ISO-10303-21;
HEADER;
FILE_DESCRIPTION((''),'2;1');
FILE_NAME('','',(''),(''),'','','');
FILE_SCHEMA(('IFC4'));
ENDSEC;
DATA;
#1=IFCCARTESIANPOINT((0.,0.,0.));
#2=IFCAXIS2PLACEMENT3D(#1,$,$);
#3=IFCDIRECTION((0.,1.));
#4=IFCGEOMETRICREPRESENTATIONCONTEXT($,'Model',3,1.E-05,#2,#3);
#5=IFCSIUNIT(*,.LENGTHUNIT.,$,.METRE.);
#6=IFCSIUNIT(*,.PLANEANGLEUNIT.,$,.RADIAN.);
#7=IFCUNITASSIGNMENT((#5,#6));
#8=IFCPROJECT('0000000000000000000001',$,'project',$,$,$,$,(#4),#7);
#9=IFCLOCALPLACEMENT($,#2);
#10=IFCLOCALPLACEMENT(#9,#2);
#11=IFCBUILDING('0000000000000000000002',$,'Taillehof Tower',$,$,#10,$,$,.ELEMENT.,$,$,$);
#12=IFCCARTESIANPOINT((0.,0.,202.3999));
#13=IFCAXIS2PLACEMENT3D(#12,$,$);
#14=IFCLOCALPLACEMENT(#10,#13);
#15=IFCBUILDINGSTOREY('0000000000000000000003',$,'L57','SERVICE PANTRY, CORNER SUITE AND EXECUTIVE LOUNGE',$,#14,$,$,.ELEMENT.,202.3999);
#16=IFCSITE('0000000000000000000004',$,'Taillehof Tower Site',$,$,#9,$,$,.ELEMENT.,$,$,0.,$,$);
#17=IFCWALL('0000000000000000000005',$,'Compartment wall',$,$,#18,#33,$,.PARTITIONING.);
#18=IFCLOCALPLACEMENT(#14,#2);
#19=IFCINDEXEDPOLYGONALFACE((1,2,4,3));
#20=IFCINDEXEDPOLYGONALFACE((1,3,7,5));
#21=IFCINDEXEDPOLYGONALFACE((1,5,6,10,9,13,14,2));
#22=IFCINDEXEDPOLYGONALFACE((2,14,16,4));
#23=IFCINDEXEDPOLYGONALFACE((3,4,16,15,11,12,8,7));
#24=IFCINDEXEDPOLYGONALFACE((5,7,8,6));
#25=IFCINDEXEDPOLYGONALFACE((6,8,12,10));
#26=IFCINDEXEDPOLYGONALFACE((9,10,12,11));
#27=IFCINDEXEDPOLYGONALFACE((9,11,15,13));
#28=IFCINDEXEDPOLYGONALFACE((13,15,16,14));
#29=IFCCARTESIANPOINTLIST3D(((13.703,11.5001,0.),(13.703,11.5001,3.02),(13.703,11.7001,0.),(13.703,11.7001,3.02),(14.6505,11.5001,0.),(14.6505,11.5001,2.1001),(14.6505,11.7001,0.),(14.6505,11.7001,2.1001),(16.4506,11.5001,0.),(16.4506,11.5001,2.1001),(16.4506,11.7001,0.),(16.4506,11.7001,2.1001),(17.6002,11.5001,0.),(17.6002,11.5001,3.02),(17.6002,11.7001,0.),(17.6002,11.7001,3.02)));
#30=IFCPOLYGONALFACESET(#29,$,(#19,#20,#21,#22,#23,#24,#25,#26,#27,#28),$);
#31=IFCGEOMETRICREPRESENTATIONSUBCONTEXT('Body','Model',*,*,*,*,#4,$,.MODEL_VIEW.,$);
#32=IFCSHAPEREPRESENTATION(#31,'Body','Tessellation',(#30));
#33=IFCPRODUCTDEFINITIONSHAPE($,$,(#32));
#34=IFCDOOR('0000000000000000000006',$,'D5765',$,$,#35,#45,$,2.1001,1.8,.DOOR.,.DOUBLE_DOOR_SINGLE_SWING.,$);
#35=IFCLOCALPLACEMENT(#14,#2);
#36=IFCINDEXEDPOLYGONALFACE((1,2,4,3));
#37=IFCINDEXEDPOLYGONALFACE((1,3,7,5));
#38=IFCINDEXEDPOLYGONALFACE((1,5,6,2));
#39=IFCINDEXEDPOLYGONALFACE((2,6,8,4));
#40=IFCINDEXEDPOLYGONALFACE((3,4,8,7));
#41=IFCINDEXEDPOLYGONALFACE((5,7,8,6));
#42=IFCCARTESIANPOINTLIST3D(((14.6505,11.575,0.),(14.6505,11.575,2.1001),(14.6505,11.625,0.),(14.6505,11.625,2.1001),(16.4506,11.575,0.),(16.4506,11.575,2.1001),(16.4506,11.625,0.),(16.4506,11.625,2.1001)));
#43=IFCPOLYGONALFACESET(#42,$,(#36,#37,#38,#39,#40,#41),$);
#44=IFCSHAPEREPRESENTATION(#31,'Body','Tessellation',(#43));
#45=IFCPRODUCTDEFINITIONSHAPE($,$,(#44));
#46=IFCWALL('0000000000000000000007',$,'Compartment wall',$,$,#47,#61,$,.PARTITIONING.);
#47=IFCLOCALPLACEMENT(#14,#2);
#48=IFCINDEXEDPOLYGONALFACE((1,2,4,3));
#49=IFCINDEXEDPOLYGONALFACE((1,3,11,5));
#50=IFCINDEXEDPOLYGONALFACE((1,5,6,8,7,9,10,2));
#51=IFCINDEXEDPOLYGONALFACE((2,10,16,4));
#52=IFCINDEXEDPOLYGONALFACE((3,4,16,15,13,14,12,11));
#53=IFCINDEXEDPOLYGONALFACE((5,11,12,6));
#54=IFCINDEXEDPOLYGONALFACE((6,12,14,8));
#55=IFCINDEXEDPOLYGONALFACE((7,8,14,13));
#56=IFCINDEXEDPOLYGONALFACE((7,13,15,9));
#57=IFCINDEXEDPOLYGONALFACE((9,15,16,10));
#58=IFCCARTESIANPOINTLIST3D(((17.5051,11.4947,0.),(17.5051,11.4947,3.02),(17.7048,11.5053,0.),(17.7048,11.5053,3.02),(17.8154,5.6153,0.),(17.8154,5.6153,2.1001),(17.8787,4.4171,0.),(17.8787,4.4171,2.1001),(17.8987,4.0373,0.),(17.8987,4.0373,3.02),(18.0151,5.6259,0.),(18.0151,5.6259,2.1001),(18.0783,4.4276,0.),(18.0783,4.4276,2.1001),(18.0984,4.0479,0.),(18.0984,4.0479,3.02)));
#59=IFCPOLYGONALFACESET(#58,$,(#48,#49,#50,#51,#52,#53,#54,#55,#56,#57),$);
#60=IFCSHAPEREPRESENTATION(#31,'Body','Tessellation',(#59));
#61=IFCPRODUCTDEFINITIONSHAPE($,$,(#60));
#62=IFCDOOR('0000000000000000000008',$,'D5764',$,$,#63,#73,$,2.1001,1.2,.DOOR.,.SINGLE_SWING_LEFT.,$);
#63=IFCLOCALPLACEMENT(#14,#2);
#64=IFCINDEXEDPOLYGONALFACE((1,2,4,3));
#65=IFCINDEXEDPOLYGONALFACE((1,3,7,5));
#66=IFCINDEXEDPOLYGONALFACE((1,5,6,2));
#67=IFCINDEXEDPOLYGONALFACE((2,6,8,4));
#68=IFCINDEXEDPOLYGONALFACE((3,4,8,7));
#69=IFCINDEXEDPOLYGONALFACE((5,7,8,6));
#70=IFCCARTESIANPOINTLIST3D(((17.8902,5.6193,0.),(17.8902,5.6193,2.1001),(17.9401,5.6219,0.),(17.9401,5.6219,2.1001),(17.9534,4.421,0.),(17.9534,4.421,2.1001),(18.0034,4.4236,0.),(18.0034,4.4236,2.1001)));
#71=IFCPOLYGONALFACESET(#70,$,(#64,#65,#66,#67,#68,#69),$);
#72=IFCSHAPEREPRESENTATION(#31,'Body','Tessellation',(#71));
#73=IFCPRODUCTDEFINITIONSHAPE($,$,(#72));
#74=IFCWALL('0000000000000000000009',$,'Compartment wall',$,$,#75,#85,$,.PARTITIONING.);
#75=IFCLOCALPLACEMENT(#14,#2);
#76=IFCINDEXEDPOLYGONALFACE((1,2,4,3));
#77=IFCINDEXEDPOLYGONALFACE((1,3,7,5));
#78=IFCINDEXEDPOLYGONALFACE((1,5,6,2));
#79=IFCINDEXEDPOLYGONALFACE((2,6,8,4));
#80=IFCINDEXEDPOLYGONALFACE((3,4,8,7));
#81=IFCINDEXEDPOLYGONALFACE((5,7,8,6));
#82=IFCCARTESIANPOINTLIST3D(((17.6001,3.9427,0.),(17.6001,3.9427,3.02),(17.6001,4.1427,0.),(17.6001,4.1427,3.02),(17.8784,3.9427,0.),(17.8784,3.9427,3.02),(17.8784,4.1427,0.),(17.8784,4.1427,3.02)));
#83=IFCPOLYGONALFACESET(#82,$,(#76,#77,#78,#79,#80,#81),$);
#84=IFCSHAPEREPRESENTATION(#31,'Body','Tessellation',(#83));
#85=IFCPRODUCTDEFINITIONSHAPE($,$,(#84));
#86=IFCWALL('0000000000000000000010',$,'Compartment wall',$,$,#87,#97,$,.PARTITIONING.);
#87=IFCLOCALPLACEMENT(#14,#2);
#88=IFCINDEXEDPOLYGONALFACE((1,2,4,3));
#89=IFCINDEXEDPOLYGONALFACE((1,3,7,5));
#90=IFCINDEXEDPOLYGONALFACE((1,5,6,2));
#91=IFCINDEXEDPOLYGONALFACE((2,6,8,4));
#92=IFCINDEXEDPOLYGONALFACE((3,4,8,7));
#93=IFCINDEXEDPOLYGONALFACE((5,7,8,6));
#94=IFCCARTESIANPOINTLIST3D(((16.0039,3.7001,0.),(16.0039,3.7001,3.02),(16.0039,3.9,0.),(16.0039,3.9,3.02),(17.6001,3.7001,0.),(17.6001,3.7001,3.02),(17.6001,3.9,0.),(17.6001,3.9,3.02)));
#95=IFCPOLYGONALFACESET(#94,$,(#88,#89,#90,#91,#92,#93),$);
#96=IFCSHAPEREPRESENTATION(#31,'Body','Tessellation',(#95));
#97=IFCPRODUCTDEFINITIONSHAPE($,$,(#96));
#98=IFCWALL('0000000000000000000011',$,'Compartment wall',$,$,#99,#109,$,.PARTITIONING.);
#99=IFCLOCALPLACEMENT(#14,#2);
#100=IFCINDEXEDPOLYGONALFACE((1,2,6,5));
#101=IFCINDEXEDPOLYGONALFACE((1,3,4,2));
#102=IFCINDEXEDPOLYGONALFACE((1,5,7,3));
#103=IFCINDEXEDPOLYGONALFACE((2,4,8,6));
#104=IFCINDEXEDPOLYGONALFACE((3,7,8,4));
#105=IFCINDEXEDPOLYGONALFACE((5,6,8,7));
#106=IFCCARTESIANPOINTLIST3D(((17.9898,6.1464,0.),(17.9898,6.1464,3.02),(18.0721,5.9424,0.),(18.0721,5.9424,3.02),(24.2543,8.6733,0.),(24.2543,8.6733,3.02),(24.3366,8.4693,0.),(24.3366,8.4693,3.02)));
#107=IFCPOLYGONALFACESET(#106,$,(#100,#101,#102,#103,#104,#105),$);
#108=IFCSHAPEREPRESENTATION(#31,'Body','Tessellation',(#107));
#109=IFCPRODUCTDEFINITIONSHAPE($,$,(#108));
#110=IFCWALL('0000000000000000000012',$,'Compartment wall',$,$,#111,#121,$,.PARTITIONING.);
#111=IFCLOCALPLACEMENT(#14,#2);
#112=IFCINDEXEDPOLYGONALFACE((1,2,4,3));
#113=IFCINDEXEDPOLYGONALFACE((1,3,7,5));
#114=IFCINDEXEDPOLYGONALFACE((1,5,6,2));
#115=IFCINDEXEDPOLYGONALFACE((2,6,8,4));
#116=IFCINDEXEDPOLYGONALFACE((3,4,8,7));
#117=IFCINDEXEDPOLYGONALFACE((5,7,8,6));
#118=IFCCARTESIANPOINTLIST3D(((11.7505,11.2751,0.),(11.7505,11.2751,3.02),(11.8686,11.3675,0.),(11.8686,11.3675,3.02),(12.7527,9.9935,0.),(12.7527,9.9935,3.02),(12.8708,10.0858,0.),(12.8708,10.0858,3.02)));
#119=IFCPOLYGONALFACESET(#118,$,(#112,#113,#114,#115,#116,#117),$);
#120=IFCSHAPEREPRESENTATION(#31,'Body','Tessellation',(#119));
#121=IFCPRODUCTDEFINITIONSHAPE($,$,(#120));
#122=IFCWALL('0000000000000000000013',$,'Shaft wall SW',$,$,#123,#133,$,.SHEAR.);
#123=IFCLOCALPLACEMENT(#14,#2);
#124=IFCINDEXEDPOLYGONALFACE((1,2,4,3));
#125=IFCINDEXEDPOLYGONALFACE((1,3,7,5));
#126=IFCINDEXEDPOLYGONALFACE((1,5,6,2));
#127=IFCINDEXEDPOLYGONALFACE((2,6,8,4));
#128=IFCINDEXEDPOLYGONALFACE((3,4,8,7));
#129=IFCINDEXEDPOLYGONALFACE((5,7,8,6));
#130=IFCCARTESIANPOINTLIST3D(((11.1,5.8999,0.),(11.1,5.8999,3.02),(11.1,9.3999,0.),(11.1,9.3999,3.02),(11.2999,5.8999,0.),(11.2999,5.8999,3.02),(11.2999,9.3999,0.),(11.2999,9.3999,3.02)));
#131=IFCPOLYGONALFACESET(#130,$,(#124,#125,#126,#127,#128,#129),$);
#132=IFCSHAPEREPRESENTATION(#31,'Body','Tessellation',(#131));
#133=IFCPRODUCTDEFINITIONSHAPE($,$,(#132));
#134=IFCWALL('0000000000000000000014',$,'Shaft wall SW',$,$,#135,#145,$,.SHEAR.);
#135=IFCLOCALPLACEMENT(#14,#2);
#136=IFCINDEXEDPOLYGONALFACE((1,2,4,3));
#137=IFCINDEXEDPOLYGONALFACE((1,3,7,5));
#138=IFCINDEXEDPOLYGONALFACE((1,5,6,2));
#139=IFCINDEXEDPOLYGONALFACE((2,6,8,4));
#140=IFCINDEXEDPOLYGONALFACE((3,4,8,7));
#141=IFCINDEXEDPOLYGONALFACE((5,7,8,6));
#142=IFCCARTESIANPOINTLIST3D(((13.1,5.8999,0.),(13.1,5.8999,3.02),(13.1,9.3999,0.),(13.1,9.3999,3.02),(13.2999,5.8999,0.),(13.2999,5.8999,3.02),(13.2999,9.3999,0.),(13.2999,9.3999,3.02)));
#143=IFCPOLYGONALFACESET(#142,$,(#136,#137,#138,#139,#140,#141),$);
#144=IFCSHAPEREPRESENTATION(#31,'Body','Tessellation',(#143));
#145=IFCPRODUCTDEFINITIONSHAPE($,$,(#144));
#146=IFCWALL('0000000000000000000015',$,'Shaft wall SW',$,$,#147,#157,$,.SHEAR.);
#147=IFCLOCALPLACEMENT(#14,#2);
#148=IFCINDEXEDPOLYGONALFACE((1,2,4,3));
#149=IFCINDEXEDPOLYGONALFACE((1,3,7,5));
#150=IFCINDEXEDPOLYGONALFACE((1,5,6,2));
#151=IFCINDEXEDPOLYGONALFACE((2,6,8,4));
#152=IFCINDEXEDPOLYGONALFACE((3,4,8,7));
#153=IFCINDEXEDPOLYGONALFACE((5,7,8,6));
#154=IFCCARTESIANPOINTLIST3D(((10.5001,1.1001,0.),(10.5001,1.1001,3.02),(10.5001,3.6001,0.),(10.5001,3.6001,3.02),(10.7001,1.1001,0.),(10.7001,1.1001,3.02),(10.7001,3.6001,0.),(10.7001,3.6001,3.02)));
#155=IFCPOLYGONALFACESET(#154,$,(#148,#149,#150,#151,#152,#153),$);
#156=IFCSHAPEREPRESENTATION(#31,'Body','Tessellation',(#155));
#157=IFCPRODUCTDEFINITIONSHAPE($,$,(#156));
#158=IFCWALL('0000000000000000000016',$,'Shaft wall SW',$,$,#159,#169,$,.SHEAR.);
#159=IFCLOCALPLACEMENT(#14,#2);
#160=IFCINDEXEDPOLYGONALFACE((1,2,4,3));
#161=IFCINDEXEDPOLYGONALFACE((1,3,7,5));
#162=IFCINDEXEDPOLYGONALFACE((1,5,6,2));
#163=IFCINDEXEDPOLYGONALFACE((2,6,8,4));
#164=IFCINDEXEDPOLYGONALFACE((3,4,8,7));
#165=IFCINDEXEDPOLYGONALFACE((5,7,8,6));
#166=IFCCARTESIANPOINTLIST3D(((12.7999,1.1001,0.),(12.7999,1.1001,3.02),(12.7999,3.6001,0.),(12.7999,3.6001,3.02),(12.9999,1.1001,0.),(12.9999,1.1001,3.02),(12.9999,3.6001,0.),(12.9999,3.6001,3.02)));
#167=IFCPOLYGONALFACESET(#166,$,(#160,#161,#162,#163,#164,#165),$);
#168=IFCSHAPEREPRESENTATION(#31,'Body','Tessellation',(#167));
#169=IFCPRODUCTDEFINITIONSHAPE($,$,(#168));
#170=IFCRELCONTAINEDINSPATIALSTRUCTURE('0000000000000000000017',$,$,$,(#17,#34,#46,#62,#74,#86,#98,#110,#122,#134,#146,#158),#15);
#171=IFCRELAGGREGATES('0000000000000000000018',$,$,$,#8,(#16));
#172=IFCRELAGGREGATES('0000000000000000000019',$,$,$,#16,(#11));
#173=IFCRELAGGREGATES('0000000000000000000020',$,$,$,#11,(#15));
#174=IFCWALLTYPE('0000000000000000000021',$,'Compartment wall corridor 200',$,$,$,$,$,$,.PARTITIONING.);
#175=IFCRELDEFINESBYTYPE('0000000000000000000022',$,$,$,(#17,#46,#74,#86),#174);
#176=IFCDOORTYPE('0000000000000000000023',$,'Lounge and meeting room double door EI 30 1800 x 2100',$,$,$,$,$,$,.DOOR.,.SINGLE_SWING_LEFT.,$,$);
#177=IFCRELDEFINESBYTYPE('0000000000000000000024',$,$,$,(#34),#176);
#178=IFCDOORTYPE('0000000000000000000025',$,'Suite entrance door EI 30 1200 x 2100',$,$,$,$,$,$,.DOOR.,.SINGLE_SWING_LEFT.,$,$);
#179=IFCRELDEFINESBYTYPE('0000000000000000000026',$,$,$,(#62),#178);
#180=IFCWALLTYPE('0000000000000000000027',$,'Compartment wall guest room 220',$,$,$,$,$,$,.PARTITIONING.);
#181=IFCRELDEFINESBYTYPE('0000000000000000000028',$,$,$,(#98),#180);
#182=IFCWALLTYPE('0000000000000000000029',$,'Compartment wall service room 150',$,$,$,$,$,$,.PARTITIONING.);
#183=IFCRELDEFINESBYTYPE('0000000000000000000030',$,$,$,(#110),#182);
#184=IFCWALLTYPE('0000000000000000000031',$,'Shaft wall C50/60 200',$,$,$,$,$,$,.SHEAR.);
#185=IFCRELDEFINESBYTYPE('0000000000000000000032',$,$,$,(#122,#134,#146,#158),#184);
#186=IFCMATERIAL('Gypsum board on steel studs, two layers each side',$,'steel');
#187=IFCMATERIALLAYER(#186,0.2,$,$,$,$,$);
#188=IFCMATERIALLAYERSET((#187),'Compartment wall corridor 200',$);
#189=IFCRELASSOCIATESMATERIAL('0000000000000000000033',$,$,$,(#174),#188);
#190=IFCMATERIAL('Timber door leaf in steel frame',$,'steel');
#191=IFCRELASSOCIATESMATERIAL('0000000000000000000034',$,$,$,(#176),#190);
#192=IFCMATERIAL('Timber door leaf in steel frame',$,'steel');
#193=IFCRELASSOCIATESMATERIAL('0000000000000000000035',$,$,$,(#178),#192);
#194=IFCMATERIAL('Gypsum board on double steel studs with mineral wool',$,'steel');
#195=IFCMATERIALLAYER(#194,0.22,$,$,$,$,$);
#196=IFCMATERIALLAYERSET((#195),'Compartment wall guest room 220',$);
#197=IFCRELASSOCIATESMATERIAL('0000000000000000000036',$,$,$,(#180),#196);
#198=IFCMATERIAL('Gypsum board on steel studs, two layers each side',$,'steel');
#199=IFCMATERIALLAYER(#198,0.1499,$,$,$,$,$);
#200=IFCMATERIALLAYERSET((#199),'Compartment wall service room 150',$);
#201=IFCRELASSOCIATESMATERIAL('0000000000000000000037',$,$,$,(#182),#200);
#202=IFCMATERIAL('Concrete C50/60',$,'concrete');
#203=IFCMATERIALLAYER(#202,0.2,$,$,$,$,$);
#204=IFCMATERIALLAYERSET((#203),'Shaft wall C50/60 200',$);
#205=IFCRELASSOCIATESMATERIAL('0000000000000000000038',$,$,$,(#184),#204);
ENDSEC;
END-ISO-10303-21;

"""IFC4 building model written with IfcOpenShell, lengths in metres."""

from ifc_helpers import new_model, si_unit, direction, frame, frame_2d, origin, place, context, subcontext, project, spatial, rectangle, extrude, material, layer, layer_set, type_object, element, fill, save


model = new_model("IFC4")

# Units and contexts
model_context = context("Model", 3, precision=1e-05, world=origin(), true_north=direction((0.0, 1.0)))
body_context = subcontext(model_context, "Body", "Model", "MODEL_VIEW")
ifc_project = project(units=[si_unit("LENGTHUNIT", "METRE"), si_unit("PLANEANGLEUNIT", "RADIAN")], contexts=[model_context])

# Site, building, storey
site_placement = place(None, origin())
site = spatial("IfcSite", under=ifc_project, at=site_placement, Name="Taillehof Tower Site", CompositionType="ELEMENT", RefElevation=0.0)
building_placement = place(site_placement, origin())
building = spatial("IfcBuilding", under=site, at=building_placement, Name="Taillehof Tower", CompositionType="ELEMENT")
storey_placement = place(building_placement, frame((0.0, 0.0, 202.3999)))
storey = spatial("IfcBuildingStorey", under=building, at=storey_placement, Name="L57", Description="SERVICE PANTRY, CORNER SUITE AND EXECUTIVE LOUNGE", CompositionType="ELEMENT", Elevation=202.3999)

# Walls, openings, doors
ifc_material_1 = material(Name="Gypsum board on steel studs, two layers each side", Category="steel")
ifc_layer_1 = layer(ifc_material_1, 0.2)
ifc_layer_set_1 = layer_set([ifc_layer_1], Name="Compartment wall corridor 200")
wall_type_1 = type_object("IfcWallType", Name="Compartment wall corridor 200", PredefinedType="PARTITIONING", material=ifc_layer_set_1)
wall_1_placement = place(storey_placement, frame((13.7029, 11.6001, 0.0), z_axis=(0.0, 0.0, 1.0), x_axis=(1.0, 0.0, 0.0)))
wall_1 = element("IfcWall", 1, at=wall_1_placement, inside=storey, type_object=wall_type_1, Name="Compartment wall", PredefinedType="PARTITIONING", context=body_context, shape_type="SweptSolid", body=[
    extrude(rectangle(XDim=3.8972, YDim=0.2, at=frame_2d((1.9487, 0.0))), origin(), (0.0, 0.0, 1.0), 3.02),
])
opening_1_placement = place(wall_1_placement, frame((0.9478, 0.0, 0.0)))
opening_1 = element("IfcOpeningElement", 2, at=opening_1_placement, cuts=wall_1, PredefinedType="OPENING", context=body_context, shape_type="SweptSolid", body=[
    extrude(rectangle(XDim=1.8, YDim=2.1001, at=frame_2d((0.8999, 1.05))), frame((0.0, 0.1099, 0.0), z_axis=(0.0, -1.0, 0.0), x_axis=(1.0, 0.0, 0.0)), (0.0, 0.0, 1.0), 0.22),
])
ifc_material_2 = material(Name="Timber door leaf in steel frame", Category="steel")
door_type_1 = type_object("IfcDoorType", Name="Lounge and meeting room double door EI 30 1800 x 2100", OperationType="SINGLE_SWING_LEFT", PredefinedType="DOOR", material=ifc_material_2)
door_1_placement = place(opening_1_placement, origin())
door_1 = element("IfcDoor", 3, at=door_1_placement, inside=storey, type_object=door_type_1, Name="D5765", OperationType="DOUBLE_DOOR_SINGLE_SWING", OverallHeight=2.1001, OverallWidth=1.8, PredefinedType="DOOR", context=body_context, shape_type="SweptSolid", body=[
    extrude(rectangle(XDim=1.8, YDim=2.1001, at=frame_2d((0.8999, 1.05))), frame((0.0, 0.0249, 0.0), z_axis=(0.0, -1.0, 0.0), x_axis=(1.0, 0.0, 0.0)), (0.0, 0.0, 1.0), 0.05),
])
fill(opening_1, door_1)
wall_2_placement = place(storey_placement, frame((17.605, 11.5, 0.0), z_axis=(0.0, 0.0, 1.0), x_axis=(0.052701, -0.99861, 0.0)))
wall_2 = element("IfcWall", 4, at=wall_2_placement, inside=storey, type_object=wall_type_1, Name="Compartment wall", PredefinedType="PARTITIONING", context=body_context, shape_type="SweptSolid", body=[
    extrude(rectangle(XDim=7.4678, YDim=0.2, at=frame_2d((3.7339, 0.0))), origin(), (0.0, 0.0, 1.0), 3.02),
])
opening_2_placement = place(wall_2_placement, frame((5.8875, 0.0, 0.0)))
opening_2 = element("IfcOpeningElement", 5, at=opening_2_placement, cuts=wall_2, PredefinedType="OPENING", context=body_context, shape_type="SweptSolid", body=[
    extrude(rectangle(XDim=1.2, YDim=2.1001, at=frame_2d((0.6001, 1.05))), frame((0.0, 0.1099, 0.0), z_axis=(0.0, -1.0, 0.0), x_axis=(1.0, 0.0, 0.0)), (0.0, 0.0, 1.0), 0.22),
])
ifc_material_3 = material(Name="Timber door leaf in steel frame", Category="steel")
door_type_2 = type_object("IfcDoorType", Name="Suite entrance door EI 30 1200 x 2100", OperationType="SINGLE_SWING_LEFT", PredefinedType="DOOR", material=ifc_material_3)
door_2_placement = place(opening_2_placement, origin())
door_2 = element("IfcDoor", 6, at=door_2_placement, inside=storey, type_object=door_type_2, Name="D5764", OperationType="SINGLE_SWING_LEFT", OverallHeight=2.1001, OverallWidth=1.2, PredefinedType="DOOR", context=body_context, shape_type="SweptSolid", body=[
    extrude(rectangle(XDim=1.2, YDim=2.1001, at=frame_2d((0.6001, 1.05))), frame((0.0, 0.0249, 0.0), z_axis=(0.0, -1.0, 0.0), x_axis=(1.0, 0.0, 0.0)), (0.0, 0.0, 1.0), 0.05),
])
fill(opening_2, door_2)

# Walls
wall_3_placement = place(storey_placement, frame((17.8784, 4.0427, 0.0), z_axis=(0.0, 0.0, 1.0), x_axis=(-1.0, 0.0, 0.0)))
element("IfcWall", 7, at=wall_3_placement, inside=storey, type_object=wall_type_1, Name="Compartment wall", PredefinedType="PARTITIONING", context=body_context, shape_type="SweptSolid", body=[
    extrude(rectangle(XDim=0.2783, YDim=0.2, at=frame_2d((0.1392, 0.0))), origin(), (0.0, 0.0, 1.0), 3.02),
])
wall_4_placement = place(storey_placement, frame((17.6001, 3.8, 0.0), z_axis=(0.0, 0.0, 1.0), x_axis=(-1.0, 0.0, 0.0)))
element("IfcWall", 8, at=wall_4_placement, inside=storey, type_object=wall_type_1, Name="Compartment wall", PredefinedType="PARTITIONING", context=body_context, shape_type="SweptSolid", body=[
    extrude(rectangle(XDim=1.5962, YDim=0.2, at=frame_2d((0.7981, 0.0))), origin(), (0.0, 0.0, 1.0), 3.02),
])
ifc_material_4 = material(Name="Gypsum board on double steel studs with mineral wool", Category="steel")
ifc_layer_2 = layer(ifc_material_4, 0.22)
ifc_layer_set_2 = layer_set([ifc_layer_2], Name="Compartment wall guest room 220")
wall_type_2 = type_object("IfcWallType", Name="Compartment wall guest room 220", PredefinedType="PARTITIONING", material=ifc_layer_set_2)
wall_5_placement = place(storey_placement, frame((24.2954, 8.5713, 0.0), z_axis=(0.0, 0.0, 1.0), x_axis=(-0.927396, -0.374081, 0.0)))
element("IfcWall", 9, at=wall_5_placement, inside=storey, type_object=wall_type_2, Name="Compartment wall", PredefinedType="PARTITIONING", context=body_context, shape_type="SweptSolid", body=[
    extrude(rectangle(XDim=6.7549, YDim=0.22, at=frame_2d((3.3774, 0.0))), origin(), (0.0, 0.0, 1.0), 3.02),
])
ifc_material_5 = material(Name="Gypsum board on steel studs, two layers each side", Category="steel")
ifc_layer_3 = layer(ifc_material_5, 0.1499)
ifc_layer_set_3 = layer_set([ifc_layer_3], Name="Compartment wall service room 150")
wall_type_3 = type_object("IfcWallType", Name="Compartment wall service room 150", PredefinedType="PARTITIONING", material=ifc_layer_set_3)
wall_6_placement = place(storey_placement, frame((11.8096, 11.3213, 0.0), z_axis=(0.0, 0.0, 1.0), x_axis=(0.615964, -0.787774, 0.0)))
element("IfcWall", 10, at=wall_6_placement, inside=storey, type_object=wall_type_3, Name="Compartment wall", PredefinedType="PARTITIONING", context=body_context, shape_type="SweptSolid", body=[
    extrude(rectangle(XDim=1.627, YDim=0.1499, at=frame_2d((0.8135, 0.0))), origin(), (0.0, 0.0, 1.0), 3.02),
])
ifc_material_6 = material(Name="Concrete C50/60", Category="concrete")
ifc_layer_4 = layer(ifc_material_6, 0.2)
ifc_layer_set_4 = layer_set([ifc_layer_4], Name="Shaft wall C50/60 200")
wall_type_4 = type_object("IfcWallType", Name="Shaft wall C50/60 200", PredefinedType="SHEAR", material=ifc_layer_set_4)
for number, where, z_axis, x_axis, name in (
    (11, (11.2, 5.8999, 0.0), (0.0, 0.0, 1.0), (0.0, 1.0, 0.0), "Shaft wall SW"),
    (12, (13.2, 5.8999, 0.0), (0.0, 0.0, 1.0), (0.0, 1.0, 0.0), "Shaft wall SW"),
):
    element("IfcWall", number, at=place(storey_placement, frame(where, z_axis=z_axis, x_axis=x_axis)), inside=storey, type_object=wall_type_4, Name=name, PredefinedType="SHEAR", context=body_context, shape_type="SweptSolid", body=[
        extrude(rectangle(XDim=3.5, YDim=0.2, at=frame_2d((1.75, 0.0))), origin(), (0.0, 0.0, 1.0), 3.02),
    ])
for number, where, z_axis, x_axis, name in (
    (13, (10.6001, 1.1001, 0.0), (0.0, 0.0, 1.0), (0.0, 1.0, 0.0), "Shaft wall SW"),
    (14, (12.8999, 1.1001, 0.0), (0.0, 0.0, 1.0), (0.0, 1.0, 0.0), "Shaft wall SW"),
):
    element("IfcWall", number, at=place(storey_placement, frame(where, z_axis=z_axis, x_axis=x_axis)), inside=storey, type_object=wall_type_4, Name=name, PredefinedType="SHEAR", context=body_context, shape_type="SweptSolid", body=[
        extrude(rectangle(XDim=2.5, YDim=0.2, at=frame_2d((1.25, 0.0))), origin(), (0.0, 0.0, 1.0), 3.02),
    ])

save(model, "model.ifc")
